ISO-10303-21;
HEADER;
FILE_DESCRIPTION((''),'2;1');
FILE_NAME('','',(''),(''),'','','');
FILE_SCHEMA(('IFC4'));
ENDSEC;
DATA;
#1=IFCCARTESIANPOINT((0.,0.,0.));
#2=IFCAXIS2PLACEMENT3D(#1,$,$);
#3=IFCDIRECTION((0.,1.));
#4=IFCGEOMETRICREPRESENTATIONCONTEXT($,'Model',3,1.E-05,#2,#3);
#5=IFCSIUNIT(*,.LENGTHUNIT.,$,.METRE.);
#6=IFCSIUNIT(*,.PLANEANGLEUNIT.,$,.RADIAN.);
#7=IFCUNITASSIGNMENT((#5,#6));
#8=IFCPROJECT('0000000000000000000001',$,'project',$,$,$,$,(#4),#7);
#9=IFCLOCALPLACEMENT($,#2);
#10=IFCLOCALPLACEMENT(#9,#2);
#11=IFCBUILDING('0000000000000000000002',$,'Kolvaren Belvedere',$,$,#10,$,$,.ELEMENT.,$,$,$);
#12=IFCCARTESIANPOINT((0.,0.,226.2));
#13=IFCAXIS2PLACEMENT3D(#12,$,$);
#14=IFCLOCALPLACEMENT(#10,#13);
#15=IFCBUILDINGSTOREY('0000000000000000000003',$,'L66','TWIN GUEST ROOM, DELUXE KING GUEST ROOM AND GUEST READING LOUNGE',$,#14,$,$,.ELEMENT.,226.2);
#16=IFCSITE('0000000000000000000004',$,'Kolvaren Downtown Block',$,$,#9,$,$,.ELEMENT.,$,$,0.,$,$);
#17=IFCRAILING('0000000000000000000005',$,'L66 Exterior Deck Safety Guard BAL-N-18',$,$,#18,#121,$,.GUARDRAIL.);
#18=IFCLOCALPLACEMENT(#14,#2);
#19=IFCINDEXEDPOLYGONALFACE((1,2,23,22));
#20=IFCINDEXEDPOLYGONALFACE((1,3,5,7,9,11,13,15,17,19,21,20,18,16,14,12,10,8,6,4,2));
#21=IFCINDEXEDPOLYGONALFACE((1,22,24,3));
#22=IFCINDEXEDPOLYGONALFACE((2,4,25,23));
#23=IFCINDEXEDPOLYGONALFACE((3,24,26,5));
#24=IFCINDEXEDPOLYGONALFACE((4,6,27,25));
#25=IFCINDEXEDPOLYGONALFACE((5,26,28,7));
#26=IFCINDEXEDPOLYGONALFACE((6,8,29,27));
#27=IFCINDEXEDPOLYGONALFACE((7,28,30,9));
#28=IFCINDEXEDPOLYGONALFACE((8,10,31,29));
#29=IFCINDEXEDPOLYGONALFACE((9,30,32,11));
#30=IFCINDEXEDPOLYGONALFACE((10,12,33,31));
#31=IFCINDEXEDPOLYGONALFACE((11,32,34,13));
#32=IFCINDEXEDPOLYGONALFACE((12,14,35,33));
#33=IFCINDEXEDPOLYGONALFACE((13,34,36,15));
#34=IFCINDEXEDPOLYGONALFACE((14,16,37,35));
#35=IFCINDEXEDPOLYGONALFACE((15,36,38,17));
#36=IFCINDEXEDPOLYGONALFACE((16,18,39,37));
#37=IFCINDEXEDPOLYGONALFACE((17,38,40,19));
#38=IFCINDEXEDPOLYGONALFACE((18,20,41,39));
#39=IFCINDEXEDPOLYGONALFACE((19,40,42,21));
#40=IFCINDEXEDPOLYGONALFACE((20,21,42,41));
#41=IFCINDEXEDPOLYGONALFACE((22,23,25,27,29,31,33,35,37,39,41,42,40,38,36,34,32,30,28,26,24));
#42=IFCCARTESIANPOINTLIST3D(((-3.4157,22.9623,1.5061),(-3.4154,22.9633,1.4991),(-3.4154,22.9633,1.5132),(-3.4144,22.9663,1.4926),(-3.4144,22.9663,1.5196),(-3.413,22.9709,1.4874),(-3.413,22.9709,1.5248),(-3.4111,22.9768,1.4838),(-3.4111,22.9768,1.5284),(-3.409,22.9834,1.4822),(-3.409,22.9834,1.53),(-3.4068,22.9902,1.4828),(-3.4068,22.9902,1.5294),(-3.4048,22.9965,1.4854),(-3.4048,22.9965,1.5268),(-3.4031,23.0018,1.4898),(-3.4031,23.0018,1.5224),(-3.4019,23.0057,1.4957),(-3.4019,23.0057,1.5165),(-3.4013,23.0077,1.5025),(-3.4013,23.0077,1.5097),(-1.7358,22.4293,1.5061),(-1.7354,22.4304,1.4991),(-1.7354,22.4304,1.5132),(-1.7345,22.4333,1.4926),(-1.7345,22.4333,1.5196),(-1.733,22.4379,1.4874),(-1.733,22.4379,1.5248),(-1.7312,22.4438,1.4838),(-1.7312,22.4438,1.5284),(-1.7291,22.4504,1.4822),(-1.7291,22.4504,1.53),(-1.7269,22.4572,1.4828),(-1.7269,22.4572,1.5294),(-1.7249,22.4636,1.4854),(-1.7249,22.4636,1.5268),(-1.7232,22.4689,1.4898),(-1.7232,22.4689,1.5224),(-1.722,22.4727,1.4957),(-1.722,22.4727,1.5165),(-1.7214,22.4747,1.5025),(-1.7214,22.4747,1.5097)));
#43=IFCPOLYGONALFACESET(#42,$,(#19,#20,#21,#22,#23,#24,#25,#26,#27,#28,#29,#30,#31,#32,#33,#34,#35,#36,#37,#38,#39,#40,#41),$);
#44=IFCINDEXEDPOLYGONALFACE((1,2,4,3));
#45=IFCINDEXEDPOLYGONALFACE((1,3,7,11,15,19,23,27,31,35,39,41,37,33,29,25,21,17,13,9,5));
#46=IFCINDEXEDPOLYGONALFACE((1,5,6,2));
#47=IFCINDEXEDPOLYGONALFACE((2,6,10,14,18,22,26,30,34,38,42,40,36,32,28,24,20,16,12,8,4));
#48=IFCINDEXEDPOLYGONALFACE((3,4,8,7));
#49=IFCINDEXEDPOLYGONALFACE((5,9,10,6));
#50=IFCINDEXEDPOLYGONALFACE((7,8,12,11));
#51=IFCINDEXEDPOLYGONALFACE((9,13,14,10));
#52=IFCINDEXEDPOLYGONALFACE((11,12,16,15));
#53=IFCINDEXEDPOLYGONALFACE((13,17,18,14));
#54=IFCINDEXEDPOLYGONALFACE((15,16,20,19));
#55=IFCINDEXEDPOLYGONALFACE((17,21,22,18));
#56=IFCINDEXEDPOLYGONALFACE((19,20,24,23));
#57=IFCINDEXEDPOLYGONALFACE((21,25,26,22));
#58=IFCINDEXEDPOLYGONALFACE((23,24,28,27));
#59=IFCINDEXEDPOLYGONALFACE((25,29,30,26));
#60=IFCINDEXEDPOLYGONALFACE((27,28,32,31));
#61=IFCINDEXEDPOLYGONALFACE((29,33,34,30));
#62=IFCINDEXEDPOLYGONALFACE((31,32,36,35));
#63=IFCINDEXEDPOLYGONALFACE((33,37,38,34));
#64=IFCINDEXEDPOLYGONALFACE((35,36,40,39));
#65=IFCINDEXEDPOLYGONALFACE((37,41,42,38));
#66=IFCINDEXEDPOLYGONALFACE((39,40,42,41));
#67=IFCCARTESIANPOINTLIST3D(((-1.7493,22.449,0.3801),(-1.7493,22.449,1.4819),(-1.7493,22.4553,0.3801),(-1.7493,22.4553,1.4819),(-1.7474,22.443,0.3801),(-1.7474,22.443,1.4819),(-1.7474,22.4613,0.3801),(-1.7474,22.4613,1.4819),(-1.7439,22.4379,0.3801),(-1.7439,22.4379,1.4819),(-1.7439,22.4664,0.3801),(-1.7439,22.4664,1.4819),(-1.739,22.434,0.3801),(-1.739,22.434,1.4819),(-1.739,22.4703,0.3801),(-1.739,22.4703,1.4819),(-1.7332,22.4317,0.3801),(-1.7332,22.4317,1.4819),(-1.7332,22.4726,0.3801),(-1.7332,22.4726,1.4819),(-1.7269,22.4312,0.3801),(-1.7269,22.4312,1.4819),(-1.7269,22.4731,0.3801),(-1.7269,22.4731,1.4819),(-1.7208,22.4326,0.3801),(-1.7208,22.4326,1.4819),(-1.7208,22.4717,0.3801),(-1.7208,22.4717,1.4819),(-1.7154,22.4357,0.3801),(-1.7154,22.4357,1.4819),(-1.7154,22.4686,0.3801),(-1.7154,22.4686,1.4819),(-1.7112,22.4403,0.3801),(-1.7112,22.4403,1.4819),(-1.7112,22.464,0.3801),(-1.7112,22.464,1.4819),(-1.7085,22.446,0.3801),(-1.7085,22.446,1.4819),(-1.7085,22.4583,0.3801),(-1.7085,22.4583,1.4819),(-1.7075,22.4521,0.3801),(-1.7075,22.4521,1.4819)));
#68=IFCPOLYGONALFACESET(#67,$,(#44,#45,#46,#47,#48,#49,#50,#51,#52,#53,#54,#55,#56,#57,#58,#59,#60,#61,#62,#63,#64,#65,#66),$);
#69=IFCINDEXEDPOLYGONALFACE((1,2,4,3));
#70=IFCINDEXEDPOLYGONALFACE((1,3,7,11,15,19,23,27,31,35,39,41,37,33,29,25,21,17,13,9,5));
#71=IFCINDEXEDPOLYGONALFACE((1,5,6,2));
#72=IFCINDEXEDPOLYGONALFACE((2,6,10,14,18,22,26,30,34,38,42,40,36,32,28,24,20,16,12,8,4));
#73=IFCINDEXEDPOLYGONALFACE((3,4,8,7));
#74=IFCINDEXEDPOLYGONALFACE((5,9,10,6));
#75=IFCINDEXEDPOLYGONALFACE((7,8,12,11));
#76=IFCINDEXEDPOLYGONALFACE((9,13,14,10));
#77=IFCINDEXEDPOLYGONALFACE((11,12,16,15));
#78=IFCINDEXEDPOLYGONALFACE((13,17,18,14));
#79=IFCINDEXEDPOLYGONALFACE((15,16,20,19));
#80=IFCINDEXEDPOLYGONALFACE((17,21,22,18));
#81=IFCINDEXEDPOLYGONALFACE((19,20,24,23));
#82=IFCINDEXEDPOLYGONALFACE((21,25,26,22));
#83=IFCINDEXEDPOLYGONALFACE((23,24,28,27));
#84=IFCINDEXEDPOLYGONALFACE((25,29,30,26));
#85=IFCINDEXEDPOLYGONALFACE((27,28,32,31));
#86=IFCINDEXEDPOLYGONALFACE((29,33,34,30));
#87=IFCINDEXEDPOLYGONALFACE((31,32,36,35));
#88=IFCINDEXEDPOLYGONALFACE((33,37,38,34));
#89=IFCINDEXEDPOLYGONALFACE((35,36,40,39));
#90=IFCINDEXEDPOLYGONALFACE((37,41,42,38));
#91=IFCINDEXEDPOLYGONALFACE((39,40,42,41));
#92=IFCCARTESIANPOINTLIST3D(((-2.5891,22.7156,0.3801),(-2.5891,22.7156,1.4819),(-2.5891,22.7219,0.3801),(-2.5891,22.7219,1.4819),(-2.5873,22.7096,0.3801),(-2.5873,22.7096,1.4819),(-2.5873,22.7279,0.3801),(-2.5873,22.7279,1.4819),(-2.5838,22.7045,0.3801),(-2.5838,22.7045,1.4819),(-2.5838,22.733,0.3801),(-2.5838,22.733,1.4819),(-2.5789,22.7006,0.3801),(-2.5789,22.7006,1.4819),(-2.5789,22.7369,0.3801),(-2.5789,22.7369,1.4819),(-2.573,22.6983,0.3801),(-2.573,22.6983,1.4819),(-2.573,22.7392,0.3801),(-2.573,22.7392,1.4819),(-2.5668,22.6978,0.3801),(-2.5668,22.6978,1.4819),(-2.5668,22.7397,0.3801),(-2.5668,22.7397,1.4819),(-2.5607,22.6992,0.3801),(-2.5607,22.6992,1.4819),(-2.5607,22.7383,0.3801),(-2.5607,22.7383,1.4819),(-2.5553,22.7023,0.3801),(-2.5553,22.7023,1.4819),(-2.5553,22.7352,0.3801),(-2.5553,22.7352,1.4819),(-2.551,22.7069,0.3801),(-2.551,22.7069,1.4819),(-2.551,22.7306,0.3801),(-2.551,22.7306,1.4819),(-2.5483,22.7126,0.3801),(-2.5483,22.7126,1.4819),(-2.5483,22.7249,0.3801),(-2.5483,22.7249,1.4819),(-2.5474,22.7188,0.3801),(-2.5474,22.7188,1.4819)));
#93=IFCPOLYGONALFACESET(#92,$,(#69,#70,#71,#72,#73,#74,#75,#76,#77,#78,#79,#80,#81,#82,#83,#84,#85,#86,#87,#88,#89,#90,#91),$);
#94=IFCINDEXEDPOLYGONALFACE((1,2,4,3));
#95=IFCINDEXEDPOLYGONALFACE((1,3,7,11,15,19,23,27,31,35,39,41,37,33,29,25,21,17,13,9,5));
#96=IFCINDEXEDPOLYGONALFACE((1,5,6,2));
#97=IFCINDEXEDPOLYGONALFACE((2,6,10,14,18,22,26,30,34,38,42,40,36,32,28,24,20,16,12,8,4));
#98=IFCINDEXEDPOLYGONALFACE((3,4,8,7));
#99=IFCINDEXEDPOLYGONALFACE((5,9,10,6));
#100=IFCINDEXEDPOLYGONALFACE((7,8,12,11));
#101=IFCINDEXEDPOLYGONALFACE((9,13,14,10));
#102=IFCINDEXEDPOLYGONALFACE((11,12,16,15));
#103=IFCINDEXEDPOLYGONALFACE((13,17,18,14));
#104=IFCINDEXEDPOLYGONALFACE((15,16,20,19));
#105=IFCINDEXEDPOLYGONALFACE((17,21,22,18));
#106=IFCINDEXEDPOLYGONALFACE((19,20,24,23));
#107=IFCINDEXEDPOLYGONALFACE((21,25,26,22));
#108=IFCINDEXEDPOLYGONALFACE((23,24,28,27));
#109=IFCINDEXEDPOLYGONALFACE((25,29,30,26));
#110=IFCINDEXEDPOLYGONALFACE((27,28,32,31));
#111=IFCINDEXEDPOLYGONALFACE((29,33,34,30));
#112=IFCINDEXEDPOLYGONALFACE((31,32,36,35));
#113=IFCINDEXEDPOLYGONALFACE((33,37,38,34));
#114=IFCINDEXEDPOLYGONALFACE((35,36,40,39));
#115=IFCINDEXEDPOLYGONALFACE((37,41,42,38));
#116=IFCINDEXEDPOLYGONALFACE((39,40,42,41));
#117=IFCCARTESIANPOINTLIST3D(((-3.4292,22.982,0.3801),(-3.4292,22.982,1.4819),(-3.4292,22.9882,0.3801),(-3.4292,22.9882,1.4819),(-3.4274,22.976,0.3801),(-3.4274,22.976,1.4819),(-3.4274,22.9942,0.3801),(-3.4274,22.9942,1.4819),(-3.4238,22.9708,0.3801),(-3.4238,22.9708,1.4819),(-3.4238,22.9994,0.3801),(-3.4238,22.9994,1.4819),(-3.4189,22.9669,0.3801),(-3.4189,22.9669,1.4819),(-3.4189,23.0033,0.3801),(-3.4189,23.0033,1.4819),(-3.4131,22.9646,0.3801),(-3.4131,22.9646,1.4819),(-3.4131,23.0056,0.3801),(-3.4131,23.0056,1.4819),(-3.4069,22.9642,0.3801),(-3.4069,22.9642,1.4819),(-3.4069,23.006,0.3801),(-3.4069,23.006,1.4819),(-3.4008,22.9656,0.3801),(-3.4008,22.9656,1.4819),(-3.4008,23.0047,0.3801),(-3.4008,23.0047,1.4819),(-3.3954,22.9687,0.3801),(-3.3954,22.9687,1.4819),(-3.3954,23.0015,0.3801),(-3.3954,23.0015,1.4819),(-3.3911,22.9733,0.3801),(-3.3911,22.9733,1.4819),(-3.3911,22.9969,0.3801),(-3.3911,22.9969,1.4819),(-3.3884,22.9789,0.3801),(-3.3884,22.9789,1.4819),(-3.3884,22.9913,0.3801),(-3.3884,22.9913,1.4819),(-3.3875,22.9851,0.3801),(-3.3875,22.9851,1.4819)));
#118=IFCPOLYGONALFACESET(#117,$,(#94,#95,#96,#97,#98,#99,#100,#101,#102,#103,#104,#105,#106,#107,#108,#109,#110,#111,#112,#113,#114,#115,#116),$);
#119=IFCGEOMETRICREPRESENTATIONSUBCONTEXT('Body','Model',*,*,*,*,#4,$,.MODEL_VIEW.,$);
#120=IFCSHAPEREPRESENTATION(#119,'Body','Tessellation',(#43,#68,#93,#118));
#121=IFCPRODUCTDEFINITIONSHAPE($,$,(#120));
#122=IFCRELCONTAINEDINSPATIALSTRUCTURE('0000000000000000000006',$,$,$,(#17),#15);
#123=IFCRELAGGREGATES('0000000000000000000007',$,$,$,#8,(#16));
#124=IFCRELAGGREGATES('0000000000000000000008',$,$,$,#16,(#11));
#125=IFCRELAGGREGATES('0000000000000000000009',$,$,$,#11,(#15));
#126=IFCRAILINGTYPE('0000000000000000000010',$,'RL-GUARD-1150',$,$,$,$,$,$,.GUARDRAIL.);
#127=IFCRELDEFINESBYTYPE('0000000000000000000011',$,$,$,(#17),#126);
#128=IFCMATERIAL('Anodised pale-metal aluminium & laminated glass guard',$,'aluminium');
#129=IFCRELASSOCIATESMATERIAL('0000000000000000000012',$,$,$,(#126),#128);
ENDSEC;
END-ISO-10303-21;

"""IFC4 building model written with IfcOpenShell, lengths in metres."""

from ifc_helpers import new_model, si_unit, direction, frame, origin, origin_2d, place, context, subcontext, project, spatial, circle, extrude, material, type_object, element, save


model = new_model("IFC4")

# Units and contexts
model_context = context("Model", 3, precision=1e-05, world=origin(), true_north=direction((0.0, 1.0)))
body_context = subcontext(model_context, "Body", "Model", "MODEL_VIEW")
ifc_project = project(units=[si_unit("LENGTHUNIT", "METRE"), si_unit("PLANEANGLEUNIT", "RADIAN")], contexts=[model_context])

# Site, building, storey
site_placement = place(None, origin())
site = spatial("IfcSite", under=ifc_project, at=site_placement, Name="Kolvaren Downtown Block", CompositionType="ELEMENT", RefElevation=0.0)
building_placement = place(site_placement, origin())
building = spatial("IfcBuilding", under=site, at=building_placement, Name="Kolvaren Belvedere", CompositionType="ELEMENT")
storey_placement = place(building_placement, frame((0.0, 0.0, 226.2)))
storey = spatial("IfcBuildingStorey", under=building, at=storey_placement, Name="L66", Description="TWIN GUEST ROOM, DELUXE KING GUEST ROOM AND GUEST READING LOUNGE", CompositionType="ELEMENT", Elevation=226.2)

# Railing
ifc_material_1 = material(Name="Anodised pale-metal aluminium & laminated glass guard", Category="aluminium")
railing_type = type_object("IfcRailingType", Name="RL-GUARD-1150", PredefinedType="GUARDRAIL", material=ifc_material_1)
railing_1_placement = place(storey_placement, frame((-1.7285, 22.4521, 0.3801)))
element("IfcRailing", 1, at=railing_1_placement, inside=storey, type_object=railing_type, Name="L66 Exterior Deck Safety Guard BAL-N-18", PredefinedType="GUARDRAIL", context=body_context, shape_type="SweptSolid", body=[
    extrude(circle(Radius=0.0239, at=origin_2d()), frame((0.0, 0.0, 1.126), z_axis=(-0.953182, 0.302397, 0.0), x_axis=(-0.302397, -0.953182, 0.0)), (0.0, 0.0, 1.0), 1.7625),
    extrude(circle(Radius=0.021, at=origin_2d()), origin(), (0.0, 0.0, 1.0), 1.1018),
    extrude(circle(Radius=0.021, at=origin_2d()), frame((-0.8398, 0.2666, 0.0)), (0.0, 0.0, 1.0), 1.1018),
    extrude(circle(Radius=0.021, at=origin_2d()), frame((-1.6799, 0.533, 0.0)), (0.0, 0.0, 1.0), 1.1018),
])

save(model, "model.ifc")
